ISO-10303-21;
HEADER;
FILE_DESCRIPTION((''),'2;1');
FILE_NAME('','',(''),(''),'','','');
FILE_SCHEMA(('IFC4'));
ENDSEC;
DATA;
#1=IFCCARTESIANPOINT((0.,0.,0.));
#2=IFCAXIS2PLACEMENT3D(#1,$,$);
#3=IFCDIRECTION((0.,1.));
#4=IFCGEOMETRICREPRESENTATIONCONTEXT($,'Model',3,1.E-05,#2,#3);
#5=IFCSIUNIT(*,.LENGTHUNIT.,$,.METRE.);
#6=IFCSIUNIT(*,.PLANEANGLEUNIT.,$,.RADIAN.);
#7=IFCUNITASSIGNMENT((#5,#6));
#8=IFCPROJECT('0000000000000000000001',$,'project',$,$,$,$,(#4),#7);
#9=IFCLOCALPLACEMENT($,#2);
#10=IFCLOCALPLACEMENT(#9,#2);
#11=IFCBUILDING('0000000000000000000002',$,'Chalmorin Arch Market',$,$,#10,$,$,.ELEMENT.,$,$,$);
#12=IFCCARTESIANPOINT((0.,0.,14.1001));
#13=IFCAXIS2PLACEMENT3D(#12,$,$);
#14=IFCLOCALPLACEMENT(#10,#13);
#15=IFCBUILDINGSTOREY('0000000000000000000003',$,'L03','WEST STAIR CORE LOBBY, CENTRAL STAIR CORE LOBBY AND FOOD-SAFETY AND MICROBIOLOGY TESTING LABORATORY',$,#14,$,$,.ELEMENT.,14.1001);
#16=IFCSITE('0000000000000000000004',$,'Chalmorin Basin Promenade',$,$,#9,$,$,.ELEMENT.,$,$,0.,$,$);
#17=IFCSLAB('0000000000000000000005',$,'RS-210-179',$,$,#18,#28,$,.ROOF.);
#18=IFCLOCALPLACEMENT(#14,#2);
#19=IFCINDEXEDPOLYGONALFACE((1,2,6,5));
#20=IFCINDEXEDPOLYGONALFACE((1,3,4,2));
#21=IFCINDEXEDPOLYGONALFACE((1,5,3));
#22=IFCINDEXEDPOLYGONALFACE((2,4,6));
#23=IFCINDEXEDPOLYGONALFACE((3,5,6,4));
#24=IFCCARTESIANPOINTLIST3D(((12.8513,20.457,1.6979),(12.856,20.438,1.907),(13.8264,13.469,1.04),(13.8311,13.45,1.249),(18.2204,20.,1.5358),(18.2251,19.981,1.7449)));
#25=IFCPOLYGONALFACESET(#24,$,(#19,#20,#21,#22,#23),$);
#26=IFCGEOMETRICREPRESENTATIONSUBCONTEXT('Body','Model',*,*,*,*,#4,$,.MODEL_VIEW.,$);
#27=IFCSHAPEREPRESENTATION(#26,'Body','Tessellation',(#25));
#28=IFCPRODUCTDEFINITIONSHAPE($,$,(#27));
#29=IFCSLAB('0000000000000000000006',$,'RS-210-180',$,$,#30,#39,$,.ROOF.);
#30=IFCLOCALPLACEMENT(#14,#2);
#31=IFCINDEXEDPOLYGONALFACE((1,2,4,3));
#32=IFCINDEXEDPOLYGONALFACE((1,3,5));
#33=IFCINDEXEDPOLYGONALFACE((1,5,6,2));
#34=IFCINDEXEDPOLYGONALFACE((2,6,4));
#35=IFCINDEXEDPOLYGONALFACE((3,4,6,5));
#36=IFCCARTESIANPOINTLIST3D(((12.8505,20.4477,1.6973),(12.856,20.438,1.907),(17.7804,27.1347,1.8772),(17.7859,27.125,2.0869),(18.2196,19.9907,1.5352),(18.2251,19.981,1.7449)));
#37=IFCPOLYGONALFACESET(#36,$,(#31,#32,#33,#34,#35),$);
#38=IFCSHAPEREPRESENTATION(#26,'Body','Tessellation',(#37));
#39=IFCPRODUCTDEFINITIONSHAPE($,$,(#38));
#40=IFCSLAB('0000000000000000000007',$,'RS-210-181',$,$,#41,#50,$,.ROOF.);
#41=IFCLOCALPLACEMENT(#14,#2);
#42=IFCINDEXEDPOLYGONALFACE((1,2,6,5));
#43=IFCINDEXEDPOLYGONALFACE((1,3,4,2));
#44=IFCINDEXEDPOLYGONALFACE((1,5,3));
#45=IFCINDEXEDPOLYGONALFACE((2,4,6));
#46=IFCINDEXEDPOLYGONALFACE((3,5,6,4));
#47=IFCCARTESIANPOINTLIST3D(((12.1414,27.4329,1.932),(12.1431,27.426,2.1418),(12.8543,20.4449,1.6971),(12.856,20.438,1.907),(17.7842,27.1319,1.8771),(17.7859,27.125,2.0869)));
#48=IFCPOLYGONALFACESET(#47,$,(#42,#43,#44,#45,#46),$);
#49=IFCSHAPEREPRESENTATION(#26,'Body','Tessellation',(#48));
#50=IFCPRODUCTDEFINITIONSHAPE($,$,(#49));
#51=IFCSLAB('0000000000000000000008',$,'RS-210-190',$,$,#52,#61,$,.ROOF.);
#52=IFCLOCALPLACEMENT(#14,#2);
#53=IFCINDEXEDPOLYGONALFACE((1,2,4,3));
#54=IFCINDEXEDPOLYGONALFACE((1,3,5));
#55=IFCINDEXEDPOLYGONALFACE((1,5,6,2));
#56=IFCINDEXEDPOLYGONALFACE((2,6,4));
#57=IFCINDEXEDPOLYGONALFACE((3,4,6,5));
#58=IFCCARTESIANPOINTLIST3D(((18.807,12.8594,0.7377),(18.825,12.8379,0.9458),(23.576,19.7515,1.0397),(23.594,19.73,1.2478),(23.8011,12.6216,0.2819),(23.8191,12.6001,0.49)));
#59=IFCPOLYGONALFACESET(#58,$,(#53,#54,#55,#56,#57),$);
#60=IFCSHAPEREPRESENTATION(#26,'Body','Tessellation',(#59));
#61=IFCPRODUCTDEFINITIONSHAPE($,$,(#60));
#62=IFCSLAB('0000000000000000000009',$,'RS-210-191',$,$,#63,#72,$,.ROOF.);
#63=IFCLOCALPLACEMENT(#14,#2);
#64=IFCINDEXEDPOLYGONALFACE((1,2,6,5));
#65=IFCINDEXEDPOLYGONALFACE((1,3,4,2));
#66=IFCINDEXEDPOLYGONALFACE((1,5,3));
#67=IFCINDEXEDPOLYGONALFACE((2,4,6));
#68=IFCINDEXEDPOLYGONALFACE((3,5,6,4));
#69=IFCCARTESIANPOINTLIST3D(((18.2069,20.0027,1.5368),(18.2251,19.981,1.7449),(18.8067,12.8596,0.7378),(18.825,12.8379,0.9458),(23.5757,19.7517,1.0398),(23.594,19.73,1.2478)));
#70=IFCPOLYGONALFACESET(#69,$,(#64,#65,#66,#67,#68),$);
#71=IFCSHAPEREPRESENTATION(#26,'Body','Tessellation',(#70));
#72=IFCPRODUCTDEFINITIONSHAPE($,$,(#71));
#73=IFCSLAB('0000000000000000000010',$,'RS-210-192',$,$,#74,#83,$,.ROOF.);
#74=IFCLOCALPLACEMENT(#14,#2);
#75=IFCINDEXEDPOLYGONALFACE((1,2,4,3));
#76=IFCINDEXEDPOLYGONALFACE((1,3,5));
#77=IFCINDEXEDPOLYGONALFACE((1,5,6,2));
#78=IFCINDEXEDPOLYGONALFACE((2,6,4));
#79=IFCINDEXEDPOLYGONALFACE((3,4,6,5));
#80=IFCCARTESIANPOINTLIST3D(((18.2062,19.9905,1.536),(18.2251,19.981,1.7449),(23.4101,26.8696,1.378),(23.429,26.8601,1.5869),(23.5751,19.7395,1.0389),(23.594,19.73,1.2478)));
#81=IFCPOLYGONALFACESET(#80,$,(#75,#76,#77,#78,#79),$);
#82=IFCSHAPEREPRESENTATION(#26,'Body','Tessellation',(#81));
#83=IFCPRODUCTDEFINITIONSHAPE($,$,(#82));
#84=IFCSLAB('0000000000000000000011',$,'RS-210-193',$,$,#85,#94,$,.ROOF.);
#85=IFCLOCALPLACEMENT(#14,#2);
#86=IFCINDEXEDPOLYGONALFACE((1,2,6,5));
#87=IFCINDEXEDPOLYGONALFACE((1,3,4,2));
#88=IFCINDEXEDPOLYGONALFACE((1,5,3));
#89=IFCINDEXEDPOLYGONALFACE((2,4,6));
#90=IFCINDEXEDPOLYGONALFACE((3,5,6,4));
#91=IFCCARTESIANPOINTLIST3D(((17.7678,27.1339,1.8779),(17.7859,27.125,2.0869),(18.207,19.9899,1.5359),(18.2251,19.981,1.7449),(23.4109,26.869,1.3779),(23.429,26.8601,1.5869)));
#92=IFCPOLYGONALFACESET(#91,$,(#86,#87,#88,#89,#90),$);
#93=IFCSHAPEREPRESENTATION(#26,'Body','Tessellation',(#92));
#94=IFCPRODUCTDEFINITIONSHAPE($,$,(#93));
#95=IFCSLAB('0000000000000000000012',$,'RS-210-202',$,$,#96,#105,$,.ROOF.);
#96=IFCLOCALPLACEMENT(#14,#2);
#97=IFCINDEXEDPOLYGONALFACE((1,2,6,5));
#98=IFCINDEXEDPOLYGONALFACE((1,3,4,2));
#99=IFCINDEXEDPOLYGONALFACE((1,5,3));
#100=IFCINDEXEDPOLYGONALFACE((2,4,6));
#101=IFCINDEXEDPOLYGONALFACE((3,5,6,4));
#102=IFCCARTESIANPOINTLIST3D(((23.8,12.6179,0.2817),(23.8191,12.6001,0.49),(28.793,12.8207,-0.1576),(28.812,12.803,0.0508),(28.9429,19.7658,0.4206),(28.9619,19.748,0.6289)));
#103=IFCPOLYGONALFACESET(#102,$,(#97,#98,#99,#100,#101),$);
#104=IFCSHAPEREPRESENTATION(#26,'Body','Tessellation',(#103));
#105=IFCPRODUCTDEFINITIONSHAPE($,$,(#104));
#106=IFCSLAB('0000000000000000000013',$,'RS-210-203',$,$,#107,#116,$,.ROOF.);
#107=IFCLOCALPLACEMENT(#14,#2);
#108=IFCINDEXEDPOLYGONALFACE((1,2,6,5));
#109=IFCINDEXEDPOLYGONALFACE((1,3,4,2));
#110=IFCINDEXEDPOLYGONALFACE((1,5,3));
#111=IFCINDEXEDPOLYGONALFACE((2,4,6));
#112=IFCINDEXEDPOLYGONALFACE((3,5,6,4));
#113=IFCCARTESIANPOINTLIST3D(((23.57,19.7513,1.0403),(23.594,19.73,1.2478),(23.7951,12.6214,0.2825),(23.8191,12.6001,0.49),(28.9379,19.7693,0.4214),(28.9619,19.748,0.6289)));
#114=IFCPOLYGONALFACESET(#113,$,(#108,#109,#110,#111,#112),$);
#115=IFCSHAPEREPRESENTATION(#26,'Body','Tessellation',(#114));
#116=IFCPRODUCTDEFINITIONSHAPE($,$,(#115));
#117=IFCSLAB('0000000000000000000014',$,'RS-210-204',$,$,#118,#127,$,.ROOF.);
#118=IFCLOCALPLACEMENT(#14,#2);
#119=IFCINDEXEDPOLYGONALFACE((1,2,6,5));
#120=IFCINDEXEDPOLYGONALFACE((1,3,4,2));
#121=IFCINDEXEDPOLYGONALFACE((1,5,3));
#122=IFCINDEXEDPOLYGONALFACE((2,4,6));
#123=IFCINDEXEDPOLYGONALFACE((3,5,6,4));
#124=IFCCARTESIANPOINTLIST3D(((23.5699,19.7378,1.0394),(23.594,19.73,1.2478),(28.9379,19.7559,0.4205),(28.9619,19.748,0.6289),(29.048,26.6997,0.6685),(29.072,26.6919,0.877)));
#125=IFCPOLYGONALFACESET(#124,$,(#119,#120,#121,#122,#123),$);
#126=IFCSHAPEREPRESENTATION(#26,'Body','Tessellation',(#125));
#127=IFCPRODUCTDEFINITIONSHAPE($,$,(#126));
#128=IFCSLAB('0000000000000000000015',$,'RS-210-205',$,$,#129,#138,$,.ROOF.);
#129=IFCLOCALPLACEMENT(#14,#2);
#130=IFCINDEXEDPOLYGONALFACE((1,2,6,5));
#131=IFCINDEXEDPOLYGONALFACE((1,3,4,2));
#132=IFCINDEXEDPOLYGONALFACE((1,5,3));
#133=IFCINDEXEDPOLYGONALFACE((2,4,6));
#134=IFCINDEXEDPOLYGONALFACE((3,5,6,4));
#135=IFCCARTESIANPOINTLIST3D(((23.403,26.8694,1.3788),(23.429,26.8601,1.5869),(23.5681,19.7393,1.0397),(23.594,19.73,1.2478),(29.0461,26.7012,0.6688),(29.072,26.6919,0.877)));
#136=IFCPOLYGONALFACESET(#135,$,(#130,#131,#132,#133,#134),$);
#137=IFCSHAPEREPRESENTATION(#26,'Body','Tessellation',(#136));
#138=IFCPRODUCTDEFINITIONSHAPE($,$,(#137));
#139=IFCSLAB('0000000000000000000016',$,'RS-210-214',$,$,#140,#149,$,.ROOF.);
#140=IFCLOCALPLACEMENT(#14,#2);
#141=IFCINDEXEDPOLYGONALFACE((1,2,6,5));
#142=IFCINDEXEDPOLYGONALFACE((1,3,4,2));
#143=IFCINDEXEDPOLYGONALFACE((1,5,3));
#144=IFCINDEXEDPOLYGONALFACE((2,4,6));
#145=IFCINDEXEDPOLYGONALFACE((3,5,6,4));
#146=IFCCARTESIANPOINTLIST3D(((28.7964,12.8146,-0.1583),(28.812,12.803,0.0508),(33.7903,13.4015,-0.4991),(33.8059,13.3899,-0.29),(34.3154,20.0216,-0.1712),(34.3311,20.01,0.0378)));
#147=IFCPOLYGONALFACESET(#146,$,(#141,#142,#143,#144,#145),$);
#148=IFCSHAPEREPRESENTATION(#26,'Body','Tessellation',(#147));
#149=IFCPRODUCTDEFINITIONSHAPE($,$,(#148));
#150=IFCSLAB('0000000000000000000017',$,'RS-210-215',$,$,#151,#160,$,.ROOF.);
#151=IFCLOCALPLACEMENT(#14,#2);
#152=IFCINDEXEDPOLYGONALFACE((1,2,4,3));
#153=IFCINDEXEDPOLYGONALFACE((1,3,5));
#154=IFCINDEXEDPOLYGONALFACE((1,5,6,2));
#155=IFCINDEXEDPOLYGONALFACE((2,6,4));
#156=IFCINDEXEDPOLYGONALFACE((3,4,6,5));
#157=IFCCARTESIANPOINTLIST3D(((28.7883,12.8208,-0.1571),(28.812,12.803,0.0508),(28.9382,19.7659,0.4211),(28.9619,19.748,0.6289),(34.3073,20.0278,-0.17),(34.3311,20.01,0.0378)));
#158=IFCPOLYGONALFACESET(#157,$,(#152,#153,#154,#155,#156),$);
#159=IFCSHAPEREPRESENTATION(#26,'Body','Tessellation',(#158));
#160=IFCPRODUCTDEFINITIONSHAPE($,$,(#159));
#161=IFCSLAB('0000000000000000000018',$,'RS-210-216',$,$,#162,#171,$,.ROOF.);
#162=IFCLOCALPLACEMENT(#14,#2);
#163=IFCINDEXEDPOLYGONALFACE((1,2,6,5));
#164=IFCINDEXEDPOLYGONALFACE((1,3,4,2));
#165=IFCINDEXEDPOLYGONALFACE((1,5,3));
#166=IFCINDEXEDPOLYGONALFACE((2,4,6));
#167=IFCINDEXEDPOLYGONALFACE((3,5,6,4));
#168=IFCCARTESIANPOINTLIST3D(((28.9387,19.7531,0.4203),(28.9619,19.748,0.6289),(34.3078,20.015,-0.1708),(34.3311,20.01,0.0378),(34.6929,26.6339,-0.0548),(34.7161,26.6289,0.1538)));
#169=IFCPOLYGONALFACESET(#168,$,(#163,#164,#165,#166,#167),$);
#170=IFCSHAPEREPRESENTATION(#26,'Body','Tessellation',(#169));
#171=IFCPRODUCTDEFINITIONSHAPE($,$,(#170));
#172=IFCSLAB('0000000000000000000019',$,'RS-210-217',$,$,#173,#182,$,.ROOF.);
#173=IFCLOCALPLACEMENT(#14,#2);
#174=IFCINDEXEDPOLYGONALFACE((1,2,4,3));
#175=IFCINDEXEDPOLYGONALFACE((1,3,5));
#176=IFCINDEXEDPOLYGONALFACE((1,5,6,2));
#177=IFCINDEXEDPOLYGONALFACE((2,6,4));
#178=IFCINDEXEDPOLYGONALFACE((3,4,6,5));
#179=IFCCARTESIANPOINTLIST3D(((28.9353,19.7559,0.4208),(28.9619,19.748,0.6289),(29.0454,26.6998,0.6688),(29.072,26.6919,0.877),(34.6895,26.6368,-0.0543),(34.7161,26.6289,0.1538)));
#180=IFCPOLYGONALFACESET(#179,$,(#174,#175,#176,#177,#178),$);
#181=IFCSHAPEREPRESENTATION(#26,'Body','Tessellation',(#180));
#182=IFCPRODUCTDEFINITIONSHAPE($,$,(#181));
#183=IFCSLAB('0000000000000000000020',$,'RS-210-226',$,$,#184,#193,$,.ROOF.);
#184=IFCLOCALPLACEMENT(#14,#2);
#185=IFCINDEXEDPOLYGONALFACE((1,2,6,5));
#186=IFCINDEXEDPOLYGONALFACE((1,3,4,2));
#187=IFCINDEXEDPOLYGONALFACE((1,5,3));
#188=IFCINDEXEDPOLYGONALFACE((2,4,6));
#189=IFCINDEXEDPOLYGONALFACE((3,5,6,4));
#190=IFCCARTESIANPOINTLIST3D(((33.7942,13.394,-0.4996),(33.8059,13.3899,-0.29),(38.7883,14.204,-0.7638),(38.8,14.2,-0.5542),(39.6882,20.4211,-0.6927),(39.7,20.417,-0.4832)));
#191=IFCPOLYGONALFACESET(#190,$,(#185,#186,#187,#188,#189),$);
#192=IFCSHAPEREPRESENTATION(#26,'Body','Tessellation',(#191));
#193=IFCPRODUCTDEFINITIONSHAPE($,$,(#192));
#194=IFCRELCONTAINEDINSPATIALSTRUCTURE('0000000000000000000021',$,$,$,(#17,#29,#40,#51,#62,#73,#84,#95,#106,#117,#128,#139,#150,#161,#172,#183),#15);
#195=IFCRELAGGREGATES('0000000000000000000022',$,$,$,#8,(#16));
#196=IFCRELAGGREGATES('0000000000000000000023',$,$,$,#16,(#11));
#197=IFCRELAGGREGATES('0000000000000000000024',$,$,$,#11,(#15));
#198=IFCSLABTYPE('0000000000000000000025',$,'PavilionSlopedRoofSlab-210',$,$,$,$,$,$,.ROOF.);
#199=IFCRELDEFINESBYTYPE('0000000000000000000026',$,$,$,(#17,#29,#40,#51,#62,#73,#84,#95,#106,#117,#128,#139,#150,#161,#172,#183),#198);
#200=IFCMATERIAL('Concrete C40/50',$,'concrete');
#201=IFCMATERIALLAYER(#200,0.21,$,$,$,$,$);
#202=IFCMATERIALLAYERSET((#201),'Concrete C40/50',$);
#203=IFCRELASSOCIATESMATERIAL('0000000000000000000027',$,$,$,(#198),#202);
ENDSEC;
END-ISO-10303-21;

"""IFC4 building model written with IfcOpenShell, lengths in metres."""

from ifc_helpers import new_model, si_unit, direction, frame, origin, place, context, subcontext, project, spatial, polyline, outline, extrude, material, layer, layer_set, type_object, element, save


model = new_model("IFC4")

# Units and contexts
model_context = context("Model", 3, precision=1e-05, world=origin(), true_north=direction((0.0, 1.0)))
body_context = subcontext(model_context, "Body", "Model", "MODEL_VIEW")
ifc_project = project(units=[si_unit("LENGTHUNIT", "METRE"), si_unit("PLANEANGLEUNIT", "RADIAN")], contexts=[model_context])

# Site, building, storey
site_placement = place(None, origin())
site = spatial("IfcSite", under=ifc_project, at=site_placement, Name="Chalmorin Basin Promenade", CompositionType="ELEMENT", RefElevation=0.0)
building_placement = place(site_placement, origin())
building = spatial("IfcBuilding", under=site, at=building_placement, Name="Chalmorin Arch Market", CompositionType="ELEMENT")
storey_placement = place(building_placement, frame((0.0, 0.0, 14.1001)))
storey = spatial("IfcBuildingStorey", under=building, at=storey_placement, Name="L03", Description="WEST STAIR CORE LOBBY, CENTRAL STAIR CORE LOBBY AND FOOD-SAFETY AND MICROBIOLOGY TESTING LABORATORY", CompositionType="ELEMENT", Elevation=14.1001)

# Slabs
ifc_material_1 = material(Name="Concrete C40/50", Category="concrete")
ifc_layer_1 = layer(ifc_material_1, 0.21)
ifc_layer_set_1 = layer_set([ifc_layer_1], Name="Concrete C40/50")
slab_type = type_object("IfcSlabType", Name="PavilionSlopedRoofSlab-210", PredefinedType="ROOF", material=ifc_layer_set_1)
slab_1_placement = place(storey_placement, frame((13.8311, 13.45, 1.249), z_axis=(0.022347, -0.090626, 0.995634), x_axis=(0.557112, 0.828054, 0.062868)))
element("IfcSlab", 1, at=slab_1_placement, inside=storey, type_object=slab_type, Name="RS-210-179", PredefinedType="ROOF", context=body_context, shape_type="SweptSolid", body=[
    extrude(outline(polyline([(0.0, 0.0), (7.8872, 0.0), (5.2846, 4.7212), (0.0, 0.0)])), origin(), (0.0, 0.0, -1.0), 0.21),
])
slab_2_placement = place(storey_placement, frame((12.856, 20.438, 1.907), z_axis=(0.026218, -0.046198, 0.998588), x_axis=(0.995946, -0.084777, -0.03007)))
element("IfcSlab", 2, at=slab_2_placement, inside=storey, type_object=slab_type, Name="RS-210-180", PredefinedType="ROOF", context=body_context, shape_type="SweptSolid", body=[
    extrude(outline(polyline([(0.0, 0.0), (5.391, 0.0), (4.3376, 7.0879), (0.0, 0.0)])), origin(), (0.0, 0.0, -1.0), 0.21),
])
slab_3_placement = place(storey_placement, frame((12.856, 20.438, 1.907), z_axis=(0.007981, -0.032776, 0.999431), x_axis=(0.593267, 0.804714, 0.021653)))
element("IfcSlab", 3, at=slab_3_placement, inside=storey, type_object=slab_type, Name="RS-210-181", PredefinedType="ROOF", context=body_context, shape_type="SweptSolid", body=[
    extrude(outline(polyline([(0.0, 0.0), (8.3098, 0.0), (5.2055, 4.7221), (0.0, 0.0)])), origin(), (0.0, 0.0, -1.0), 0.21),
])
slab_4_placement = place(storey_placement, frame((18.825, 12.8379, 0.9458), z_axis=(0.085564, -0.102632, 0.991033), x_axis=(0.994743, -0.047364, -0.090789)))
element("IfcSlab", 4, at=slab_4_placement, inside=storey, type_object=slab_type, Name="RS-210-190", PredefinedType="ROOF", context=body_context, shape_type="SweptSolid", body=[
    extrude(outline(polyline([(0.0, 0.0), (5.0205, 0.0), (4.3901, 7.1458), (0.0, 0.0)])), origin(), (0.0, 0.0, -1.0), 0.21),
])
slab_5_placement = place(storey_placement, frame((18.825, 12.8379, 0.9458), z_axis=(0.086893, -0.103543, 0.990822), x_axis=(0.568647, 0.821793, 0.03601)))
element("IfcSlab", 5, at=slab_5_placement, inside=storey, type_object=slab_type, Name="RS-210-191", PredefinedType="ROOF", context=body_context, shape_type="SweptSolid", body=[
    extrude(outline(polyline([(0.0, 0.0), (8.3866, 0.0), (5.5578, 4.597), (0.0, 0.0)])), origin(), (0.0, 0.0, -1.0), 0.21),
])
slab_6_placement = place(storey_placement, frame((18.2251, 19.981, 1.7449), z_axis=(0.089998, -0.045235, 0.994914), x_axis=(0.994665, -0.046497, -0.092089)))
element("IfcSlab", 6, at=slab_6_placement, inside=storey, type_object=slab_type, Name="RS-210-192", PredefinedType="ROOF", context=body_context, shape_type="SweptSolid", body=[
    extrude(outline(polyline([(0.0, 0.0), (5.3977, 0.0), (4.8708, 7.1206), (0.0, 0.0)])), origin(), (0.0, 0.0, -1.0), 0.21),
])
slab_7_placement = place(storey_placement, frame((18.2251, 19.981, 1.7449), z_axis=(0.086206, -0.042357, 0.995377), x_axis=(0.603195, 0.797383, -0.01831)))
element("IfcSlab", 7, at=slab_7_placement, inside=storey, type_object=slab_type, Name="RS-210-193", PredefinedType="ROOF", context=body_context, shape_type="SweptSolid", body=[
    extrude(outline(polyline([(0.0, 0.0), (8.6272, 0.0), (5.4254, 4.6811), (0.0, 0.0)])), origin(), (0.0, 0.0, -1.0), 0.21),
])
slab_8_placement = place(storey_placement, frame((23.8191, 12.6001, 0.49), z_axis=(0.090723, -0.084558, 0.99228), x_axis=(0.995338, 0.040444, -0.087556)))
element("IfcSlab", 8, at=slab_8_placement, inside=storey, type_object=slab_type, Name="RS-210-202", PredefinedType="ROOF", context=body_context, shape_type="SweptSolid", body=[
    extrude(outline(polyline([(0.0, 0.0), (5.0163, 0.0), (5.3958, 6.9604), (0.0, 0.0)])), origin(), (0.0, 0.0, -1.0), 0.21),
])
slab_9_placement = place(storey_placement, frame((23.8191, 12.6001, 0.49), z_axis=(0.114283, -0.101431, 0.988257), x_axis=(0.583955, 0.811633, 0.015774)))
element("IfcSlab", 9, at=slab_9_placement, inside=storey, type_object=slab_type, Name="RS-210-203", PredefinedType="ROOF", context=body_context, shape_type="SweptSolid", body=[
    extrude(outline(polyline([(0.0, 0.0), (8.8069, 0.0), (5.6674, 4.3979), (0.0, 0.0)])), origin(), (0.0, 0.0, -1.0), 0.21),
])
slab_10_placement = place(storey_placement, frame((23.594, 19.73, 1.2478), z_axis=(0.114581, -0.037278, 0.992714), x_axis=(0.993413, 0.003343, -0.114536)))
element("IfcSlab", 10, at=slab_10_placement, inside=storey, type_object=slab_type, Name="RS-210-204", PredefinedType="ROOF", context=body_context, shape_type="SweptSolid", body=[
    extrude(outline(polyline([(0.0, 0.0), (5.4035, 0.0), (5.5077, 6.9484), (0.0, 0.0)])), origin(), (0.0, 0.0, -1.0), 0.21),
])
slab_11_placement = place(storey_placement, frame((23.594, 19.73, 1.2478), z_axis=(0.123405, -0.044293, 0.991367), x_axis=(0.617835, 0.785194, -0.041826)))
element("IfcSlab", 11, at=slab_11_placement, inside=storey, type_object=slab_type, Name="RS-210-205", PredefinedType="ROOF", context=body_context, shape_type="SweptSolid", body=[
    extrude(outline(polyline([(0.0, 0.0), (8.8665, 0.0), (5.4824, 4.5743), (0.0, 0.0)])), origin(), (0.0, 0.0, -1.0), 0.21),
])
slab_12_placement = place(storey_placement, frame((28.812, 12.803, 0.0508), z_axis=(0.074443, -0.05522, 0.995695), x_axis=(0.990891, 0.116456, -0.067626)))
element("IfcSlab", 12, at=slab_12_placement, inside=storey, type_object=slab_type, Name="RS-210-214", PredefinedType="ROOF", context=body_context, shape_type="SweptSolid", body=[
    extrude(outline(polyline([(0.0, 0.0), (5.0398, 0.0), (6.3089, 6.5268), (0.0, 0.0)])), origin(), (0.0, 0.0, -1.0), 0.21),
])
slab_13_placement = place(storey_placement, frame((28.812, 12.803, 0.0508), z_axis=(0.113119, -0.084848, 0.989952), x_axis=(0.60799, 0.793943, -0.001425)))
element("IfcSlab", 13, at=slab_13_placement, inside=storey, type_object=slab_type, Name="RS-210-215", PredefinedType="ROOF", context=body_context, shape_type="SweptSolid", body=[
    extrude(outline(polyline([(0.0, 0.0), (9.0775, 0.0), (5.6043, 4.1452), (0.0, 0.0)])), origin(), (0.0, 0.0, -1.0), 0.21),
])
slab_14_placement = place(storey_placement, frame((28.9619, 19.748, 0.6289), z_axis=(0.110542, -0.023838, 0.993585), x_axis=(0.992828, 0.048441, -0.109296)))
element("IfcSlab", 14, at=slab_14_placement, inside=storey, type_object=slab_type, Name="RS-210-216", PredefinedType="ROOF", context=body_context, shape_type="SweptSolid", body=[
    extrude(outline(polyline([(0.0, 0.0), (5.4079, 0.0), (6.0981, 6.5951), (0.0, 0.0)])), origin(), (0.0, 0.0, -1.0), 0.21),
])
slab_15_placement = place(storey_placement, frame((28.9619, 19.748, 0.6289), z_axis=(0.126587, -0.037417, 0.99125), x_axis=(0.640608, 0.766044, -0.052892)))
element("IfcSlab", 15, at=slab_15_placement, inside=storey, type_object=slab_type, Name="RS-210-217", PredefinedType="ROOF", context=body_context, shape_type="SweptSolid", body=[
    extrude(outline(polyline([(0.0, 0.0), (8.9823, 0.0), (5.3767, 4.4025), (0.0, 0.0)])), origin(), (0.0, 0.0, -1.0), 0.21),
])
slab_16_placement = place(storey_placement, frame((33.8059, 13.3899, -0.29), z_axis=(0.055965, -0.019508, 0.998242), x_axis=(0.985757, 0.159891, -0.052141)))
element("IfcSlab", 16, at=slab_16_placement, inside=storey, type_object=slab_type, Name="RS-210-226", PredefinedType="ROOF", context=body_context, shape_type="SweptSolid", body=[
    extrude(outline(polyline([(0.0, 0.0), (5.0663, 0.0), (6.9437, 5.9951), (0.0, 0.0)])), origin(), (0.0, 0.0, -1.0), 0.21),
])

save(model, "model.ifc")
